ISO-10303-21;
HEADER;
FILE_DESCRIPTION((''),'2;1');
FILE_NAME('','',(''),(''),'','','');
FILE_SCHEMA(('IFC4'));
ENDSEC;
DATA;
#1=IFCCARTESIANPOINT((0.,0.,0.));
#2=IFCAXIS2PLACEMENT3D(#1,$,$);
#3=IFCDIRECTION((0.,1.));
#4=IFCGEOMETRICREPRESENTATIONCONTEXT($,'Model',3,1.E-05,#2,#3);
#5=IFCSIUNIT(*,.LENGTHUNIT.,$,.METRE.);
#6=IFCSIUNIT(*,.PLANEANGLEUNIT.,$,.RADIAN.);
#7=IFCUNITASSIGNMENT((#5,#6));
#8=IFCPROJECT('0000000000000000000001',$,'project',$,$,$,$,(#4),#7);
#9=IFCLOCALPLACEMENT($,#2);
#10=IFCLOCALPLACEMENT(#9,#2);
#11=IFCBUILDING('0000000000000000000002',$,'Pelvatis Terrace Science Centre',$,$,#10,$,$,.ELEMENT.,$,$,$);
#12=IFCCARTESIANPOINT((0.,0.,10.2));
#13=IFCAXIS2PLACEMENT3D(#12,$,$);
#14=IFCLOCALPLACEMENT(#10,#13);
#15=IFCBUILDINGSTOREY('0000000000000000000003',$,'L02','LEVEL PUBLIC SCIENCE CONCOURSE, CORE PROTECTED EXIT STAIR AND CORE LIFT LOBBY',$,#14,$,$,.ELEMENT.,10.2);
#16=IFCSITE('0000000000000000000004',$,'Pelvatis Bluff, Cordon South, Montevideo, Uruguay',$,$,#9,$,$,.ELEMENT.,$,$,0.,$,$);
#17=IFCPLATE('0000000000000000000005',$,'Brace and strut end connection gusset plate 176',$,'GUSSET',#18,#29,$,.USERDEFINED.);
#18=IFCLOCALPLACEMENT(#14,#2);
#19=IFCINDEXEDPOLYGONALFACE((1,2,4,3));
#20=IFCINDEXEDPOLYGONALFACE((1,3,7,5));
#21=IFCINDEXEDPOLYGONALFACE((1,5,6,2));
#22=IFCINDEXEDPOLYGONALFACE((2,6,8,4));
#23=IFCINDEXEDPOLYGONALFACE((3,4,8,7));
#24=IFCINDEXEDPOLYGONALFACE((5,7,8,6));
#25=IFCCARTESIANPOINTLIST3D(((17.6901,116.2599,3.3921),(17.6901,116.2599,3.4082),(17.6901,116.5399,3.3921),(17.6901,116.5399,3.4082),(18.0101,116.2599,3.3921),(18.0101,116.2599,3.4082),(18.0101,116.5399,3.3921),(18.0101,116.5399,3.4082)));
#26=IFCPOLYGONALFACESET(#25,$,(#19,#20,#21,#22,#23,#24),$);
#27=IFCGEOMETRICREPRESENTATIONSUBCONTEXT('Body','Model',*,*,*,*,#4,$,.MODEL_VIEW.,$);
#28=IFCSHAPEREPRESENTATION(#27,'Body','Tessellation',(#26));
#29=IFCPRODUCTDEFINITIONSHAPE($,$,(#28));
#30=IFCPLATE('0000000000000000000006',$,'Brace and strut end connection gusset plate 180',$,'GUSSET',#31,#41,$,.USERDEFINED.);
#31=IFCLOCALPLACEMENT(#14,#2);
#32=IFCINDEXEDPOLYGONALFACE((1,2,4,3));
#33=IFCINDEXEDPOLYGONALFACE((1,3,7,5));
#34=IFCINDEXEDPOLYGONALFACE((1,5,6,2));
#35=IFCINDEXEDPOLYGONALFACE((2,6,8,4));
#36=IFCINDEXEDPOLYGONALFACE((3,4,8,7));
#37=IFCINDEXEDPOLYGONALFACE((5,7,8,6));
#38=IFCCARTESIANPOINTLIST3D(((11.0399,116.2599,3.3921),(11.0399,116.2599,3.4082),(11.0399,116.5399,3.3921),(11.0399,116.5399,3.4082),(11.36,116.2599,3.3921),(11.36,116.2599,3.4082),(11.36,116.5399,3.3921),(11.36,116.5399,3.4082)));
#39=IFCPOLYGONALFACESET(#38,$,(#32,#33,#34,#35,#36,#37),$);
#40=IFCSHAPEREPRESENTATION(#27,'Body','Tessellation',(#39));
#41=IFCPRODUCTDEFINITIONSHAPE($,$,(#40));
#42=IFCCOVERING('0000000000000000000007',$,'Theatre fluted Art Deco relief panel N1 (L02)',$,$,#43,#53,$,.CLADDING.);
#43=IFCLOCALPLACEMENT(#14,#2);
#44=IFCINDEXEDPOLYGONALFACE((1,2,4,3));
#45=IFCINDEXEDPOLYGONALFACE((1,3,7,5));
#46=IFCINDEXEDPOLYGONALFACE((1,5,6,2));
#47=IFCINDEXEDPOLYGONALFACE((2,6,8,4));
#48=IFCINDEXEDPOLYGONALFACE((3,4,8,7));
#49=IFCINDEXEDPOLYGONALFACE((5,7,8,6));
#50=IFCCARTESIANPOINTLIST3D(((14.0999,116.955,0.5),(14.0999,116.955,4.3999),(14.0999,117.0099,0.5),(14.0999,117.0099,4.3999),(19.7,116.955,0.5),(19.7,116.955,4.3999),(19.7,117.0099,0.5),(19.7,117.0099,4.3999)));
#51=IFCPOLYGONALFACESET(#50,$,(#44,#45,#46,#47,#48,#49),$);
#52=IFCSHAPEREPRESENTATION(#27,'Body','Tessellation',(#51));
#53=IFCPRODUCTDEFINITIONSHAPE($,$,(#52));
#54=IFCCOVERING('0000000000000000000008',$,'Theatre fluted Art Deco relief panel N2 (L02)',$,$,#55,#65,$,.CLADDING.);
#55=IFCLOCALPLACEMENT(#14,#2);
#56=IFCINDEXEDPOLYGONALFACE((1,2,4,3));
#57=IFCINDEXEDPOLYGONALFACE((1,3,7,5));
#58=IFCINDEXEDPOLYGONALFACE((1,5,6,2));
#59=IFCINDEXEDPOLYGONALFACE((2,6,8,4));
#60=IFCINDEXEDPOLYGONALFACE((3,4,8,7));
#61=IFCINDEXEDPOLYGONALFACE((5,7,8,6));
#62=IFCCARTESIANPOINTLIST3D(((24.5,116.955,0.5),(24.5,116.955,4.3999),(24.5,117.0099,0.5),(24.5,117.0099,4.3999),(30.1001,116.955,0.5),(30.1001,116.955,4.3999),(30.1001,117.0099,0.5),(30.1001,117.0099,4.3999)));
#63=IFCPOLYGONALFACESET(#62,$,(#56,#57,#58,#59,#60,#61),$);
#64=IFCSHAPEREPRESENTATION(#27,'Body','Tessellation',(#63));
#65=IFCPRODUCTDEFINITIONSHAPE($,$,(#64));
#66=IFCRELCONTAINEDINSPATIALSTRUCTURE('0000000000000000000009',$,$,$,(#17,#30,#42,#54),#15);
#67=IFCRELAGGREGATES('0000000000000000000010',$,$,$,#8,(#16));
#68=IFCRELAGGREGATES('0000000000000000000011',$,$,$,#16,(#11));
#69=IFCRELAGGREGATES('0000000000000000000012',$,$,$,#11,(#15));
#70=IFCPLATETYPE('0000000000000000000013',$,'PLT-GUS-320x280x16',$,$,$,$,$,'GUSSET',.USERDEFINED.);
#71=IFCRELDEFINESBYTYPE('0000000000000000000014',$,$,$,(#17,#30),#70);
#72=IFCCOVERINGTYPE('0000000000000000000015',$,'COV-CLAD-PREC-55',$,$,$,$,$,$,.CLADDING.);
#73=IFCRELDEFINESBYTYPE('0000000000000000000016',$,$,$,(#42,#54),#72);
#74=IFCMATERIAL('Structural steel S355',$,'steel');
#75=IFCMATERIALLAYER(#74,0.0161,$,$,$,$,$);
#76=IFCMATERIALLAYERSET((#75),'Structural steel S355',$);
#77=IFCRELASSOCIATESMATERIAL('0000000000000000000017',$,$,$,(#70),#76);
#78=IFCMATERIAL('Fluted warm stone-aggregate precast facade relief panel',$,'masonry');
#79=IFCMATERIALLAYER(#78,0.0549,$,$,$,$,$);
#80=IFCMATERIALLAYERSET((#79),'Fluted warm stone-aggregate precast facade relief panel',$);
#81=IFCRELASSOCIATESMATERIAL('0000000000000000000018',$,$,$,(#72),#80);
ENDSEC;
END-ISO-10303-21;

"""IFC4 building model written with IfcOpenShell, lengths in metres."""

from ifc_helpers import new_model, si_unit, direction, frame, origin, origin_2d, place, context, subcontext, project, spatial, rectangle, extrude, material, layer, layer_set, type_object, element, save


model = new_model("IFC4")

# Units and contexts
model_context = context("Model", 3, precision=1e-05, world=origin(), true_north=direction((0.0, 1.0)))
body_context = subcontext(model_context, "Body", "Model", "MODEL_VIEW")
ifc_project = project(units=[si_unit("LENGTHUNIT", "METRE"), si_unit("PLANEANGLEUNIT", "RADIAN")], contexts=[model_context])

# Site, building, storey
site_placement = place(None, origin())
site = spatial("IfcSite", under=ifc_project, at=site_placement, Name="Pelvatis Bluff, Cordon South, Montevideo, Uruguay", CompositionType="ELEMENT", RefElevation=0.0)
building_placement = place(site_placement, origin())
building = spatial("IfcBuilding", under=site, at=building_placement, Name="Pelvatis Terrace Science Centre", CompositionType="ELEMENT")
storey_placement = place(building_placement, frame((0.0, 0.0, 10.2)))
storey = spatial("IfcBuildingStorey", under=building, at=storey_placement, Name="L02", Description="LEVEL PUBLIC SCIENCE CONCOURSE, CORE PROTECTED EXIT STAIR AND CORE LIFT LOBBY", CompositionType="ELEMENT", Elevation=10.2)

# Plates
ifc_material_1 = material(Name="Structural steel S355", Category="steel")
ifc_layer_1 = layer(ifc_material_1, 0.0161)
ifc_layer_set_1 = layer_set([ifc_layer_1], Name="Structural steel S355")
plate_type_1 = type_object("IfcPlateType", Name="PLT-GUS-320x280x16", ElementType="GUSSET", PredefinedType="USERDEFINED", material=ifc_layer_set_1)
for number, where, z_axis, x_axis, name in (
    (1, (17.8501, 116.3999, 3.3921), (0.0, 0.0, 1.0), (1.0, 0.0, 0.0), "Brace and strut end connection gusset plate 176"),
    (2, (11.2, 116.3999, 3.3921), (0.0, 0.0, 1.0), (1.0, 0.0, 0.0), "Brace and strut end connection gusset plate 180"),
):
    element("IfcPlate", number, at=place(storey_placement, frame(where, z_axis=z_axis, x_axis=x_axis)), inside=storey, type_object=plate_type_1, Name=name, ObjectType="GUSSET", PredefinedType="USERDEFINED", context=body_context, shape_type="SweptSolid", body=[
        extrude(rectangle(XDim=0.3201, YDim=0.28, at=origin_2d()), origin(), (0.0, 0.0, 1.0), 0.0161),
    ])

# Coverings
ifc_material_2 = material(Name="Fluted warm stone-aggregate precast facade relief panel", Category="masonry")
ifc_layer_2 = layer(ifc_material_2, 0.0549)
ifc_layer_set_2 = layer_set([ifc_layer_2], Name="Fluted warm stone-aggregate precast facade relief panel")
covering_type = type_object("IfcCoveringType", Name="COV-CLAD-PREC-55", PredefinedType="CLADDING", material=ifc_layer_set_2)
for number, where, z_axis, x_axis, name in (
    (3, (16.8999, 116.9824, 0.5), (0.0, 0.0, 1.0), (1.0, 0.0, 0.0), "Theatre fluted Art Deco relief panel N1 (L02)"),
    (4, (27.3, 116.9824, 0.5), (0.0, 0.0, 1.0), (1.0, 0.0, 0.0), "Theatre fluted Art Deco relief panel N2 (L02)"),
):
    element("IfcCovering", number, at=place(storey_placement, frame(where, z_axis=z_axis, x_axis=x_axis)), inside=storey, type_object=covering_type, Name=name, PredefinedType="CLADDING", context=body_context, shape_type="SweptSolid", body=[
        extrude(rectangle(XDim=5.6001, YDim=0.0549, at=origin_2d()), origin(), (0.0, 0.0, 1.0), 3.8999),
    ])

save(model, "model.ifc")
